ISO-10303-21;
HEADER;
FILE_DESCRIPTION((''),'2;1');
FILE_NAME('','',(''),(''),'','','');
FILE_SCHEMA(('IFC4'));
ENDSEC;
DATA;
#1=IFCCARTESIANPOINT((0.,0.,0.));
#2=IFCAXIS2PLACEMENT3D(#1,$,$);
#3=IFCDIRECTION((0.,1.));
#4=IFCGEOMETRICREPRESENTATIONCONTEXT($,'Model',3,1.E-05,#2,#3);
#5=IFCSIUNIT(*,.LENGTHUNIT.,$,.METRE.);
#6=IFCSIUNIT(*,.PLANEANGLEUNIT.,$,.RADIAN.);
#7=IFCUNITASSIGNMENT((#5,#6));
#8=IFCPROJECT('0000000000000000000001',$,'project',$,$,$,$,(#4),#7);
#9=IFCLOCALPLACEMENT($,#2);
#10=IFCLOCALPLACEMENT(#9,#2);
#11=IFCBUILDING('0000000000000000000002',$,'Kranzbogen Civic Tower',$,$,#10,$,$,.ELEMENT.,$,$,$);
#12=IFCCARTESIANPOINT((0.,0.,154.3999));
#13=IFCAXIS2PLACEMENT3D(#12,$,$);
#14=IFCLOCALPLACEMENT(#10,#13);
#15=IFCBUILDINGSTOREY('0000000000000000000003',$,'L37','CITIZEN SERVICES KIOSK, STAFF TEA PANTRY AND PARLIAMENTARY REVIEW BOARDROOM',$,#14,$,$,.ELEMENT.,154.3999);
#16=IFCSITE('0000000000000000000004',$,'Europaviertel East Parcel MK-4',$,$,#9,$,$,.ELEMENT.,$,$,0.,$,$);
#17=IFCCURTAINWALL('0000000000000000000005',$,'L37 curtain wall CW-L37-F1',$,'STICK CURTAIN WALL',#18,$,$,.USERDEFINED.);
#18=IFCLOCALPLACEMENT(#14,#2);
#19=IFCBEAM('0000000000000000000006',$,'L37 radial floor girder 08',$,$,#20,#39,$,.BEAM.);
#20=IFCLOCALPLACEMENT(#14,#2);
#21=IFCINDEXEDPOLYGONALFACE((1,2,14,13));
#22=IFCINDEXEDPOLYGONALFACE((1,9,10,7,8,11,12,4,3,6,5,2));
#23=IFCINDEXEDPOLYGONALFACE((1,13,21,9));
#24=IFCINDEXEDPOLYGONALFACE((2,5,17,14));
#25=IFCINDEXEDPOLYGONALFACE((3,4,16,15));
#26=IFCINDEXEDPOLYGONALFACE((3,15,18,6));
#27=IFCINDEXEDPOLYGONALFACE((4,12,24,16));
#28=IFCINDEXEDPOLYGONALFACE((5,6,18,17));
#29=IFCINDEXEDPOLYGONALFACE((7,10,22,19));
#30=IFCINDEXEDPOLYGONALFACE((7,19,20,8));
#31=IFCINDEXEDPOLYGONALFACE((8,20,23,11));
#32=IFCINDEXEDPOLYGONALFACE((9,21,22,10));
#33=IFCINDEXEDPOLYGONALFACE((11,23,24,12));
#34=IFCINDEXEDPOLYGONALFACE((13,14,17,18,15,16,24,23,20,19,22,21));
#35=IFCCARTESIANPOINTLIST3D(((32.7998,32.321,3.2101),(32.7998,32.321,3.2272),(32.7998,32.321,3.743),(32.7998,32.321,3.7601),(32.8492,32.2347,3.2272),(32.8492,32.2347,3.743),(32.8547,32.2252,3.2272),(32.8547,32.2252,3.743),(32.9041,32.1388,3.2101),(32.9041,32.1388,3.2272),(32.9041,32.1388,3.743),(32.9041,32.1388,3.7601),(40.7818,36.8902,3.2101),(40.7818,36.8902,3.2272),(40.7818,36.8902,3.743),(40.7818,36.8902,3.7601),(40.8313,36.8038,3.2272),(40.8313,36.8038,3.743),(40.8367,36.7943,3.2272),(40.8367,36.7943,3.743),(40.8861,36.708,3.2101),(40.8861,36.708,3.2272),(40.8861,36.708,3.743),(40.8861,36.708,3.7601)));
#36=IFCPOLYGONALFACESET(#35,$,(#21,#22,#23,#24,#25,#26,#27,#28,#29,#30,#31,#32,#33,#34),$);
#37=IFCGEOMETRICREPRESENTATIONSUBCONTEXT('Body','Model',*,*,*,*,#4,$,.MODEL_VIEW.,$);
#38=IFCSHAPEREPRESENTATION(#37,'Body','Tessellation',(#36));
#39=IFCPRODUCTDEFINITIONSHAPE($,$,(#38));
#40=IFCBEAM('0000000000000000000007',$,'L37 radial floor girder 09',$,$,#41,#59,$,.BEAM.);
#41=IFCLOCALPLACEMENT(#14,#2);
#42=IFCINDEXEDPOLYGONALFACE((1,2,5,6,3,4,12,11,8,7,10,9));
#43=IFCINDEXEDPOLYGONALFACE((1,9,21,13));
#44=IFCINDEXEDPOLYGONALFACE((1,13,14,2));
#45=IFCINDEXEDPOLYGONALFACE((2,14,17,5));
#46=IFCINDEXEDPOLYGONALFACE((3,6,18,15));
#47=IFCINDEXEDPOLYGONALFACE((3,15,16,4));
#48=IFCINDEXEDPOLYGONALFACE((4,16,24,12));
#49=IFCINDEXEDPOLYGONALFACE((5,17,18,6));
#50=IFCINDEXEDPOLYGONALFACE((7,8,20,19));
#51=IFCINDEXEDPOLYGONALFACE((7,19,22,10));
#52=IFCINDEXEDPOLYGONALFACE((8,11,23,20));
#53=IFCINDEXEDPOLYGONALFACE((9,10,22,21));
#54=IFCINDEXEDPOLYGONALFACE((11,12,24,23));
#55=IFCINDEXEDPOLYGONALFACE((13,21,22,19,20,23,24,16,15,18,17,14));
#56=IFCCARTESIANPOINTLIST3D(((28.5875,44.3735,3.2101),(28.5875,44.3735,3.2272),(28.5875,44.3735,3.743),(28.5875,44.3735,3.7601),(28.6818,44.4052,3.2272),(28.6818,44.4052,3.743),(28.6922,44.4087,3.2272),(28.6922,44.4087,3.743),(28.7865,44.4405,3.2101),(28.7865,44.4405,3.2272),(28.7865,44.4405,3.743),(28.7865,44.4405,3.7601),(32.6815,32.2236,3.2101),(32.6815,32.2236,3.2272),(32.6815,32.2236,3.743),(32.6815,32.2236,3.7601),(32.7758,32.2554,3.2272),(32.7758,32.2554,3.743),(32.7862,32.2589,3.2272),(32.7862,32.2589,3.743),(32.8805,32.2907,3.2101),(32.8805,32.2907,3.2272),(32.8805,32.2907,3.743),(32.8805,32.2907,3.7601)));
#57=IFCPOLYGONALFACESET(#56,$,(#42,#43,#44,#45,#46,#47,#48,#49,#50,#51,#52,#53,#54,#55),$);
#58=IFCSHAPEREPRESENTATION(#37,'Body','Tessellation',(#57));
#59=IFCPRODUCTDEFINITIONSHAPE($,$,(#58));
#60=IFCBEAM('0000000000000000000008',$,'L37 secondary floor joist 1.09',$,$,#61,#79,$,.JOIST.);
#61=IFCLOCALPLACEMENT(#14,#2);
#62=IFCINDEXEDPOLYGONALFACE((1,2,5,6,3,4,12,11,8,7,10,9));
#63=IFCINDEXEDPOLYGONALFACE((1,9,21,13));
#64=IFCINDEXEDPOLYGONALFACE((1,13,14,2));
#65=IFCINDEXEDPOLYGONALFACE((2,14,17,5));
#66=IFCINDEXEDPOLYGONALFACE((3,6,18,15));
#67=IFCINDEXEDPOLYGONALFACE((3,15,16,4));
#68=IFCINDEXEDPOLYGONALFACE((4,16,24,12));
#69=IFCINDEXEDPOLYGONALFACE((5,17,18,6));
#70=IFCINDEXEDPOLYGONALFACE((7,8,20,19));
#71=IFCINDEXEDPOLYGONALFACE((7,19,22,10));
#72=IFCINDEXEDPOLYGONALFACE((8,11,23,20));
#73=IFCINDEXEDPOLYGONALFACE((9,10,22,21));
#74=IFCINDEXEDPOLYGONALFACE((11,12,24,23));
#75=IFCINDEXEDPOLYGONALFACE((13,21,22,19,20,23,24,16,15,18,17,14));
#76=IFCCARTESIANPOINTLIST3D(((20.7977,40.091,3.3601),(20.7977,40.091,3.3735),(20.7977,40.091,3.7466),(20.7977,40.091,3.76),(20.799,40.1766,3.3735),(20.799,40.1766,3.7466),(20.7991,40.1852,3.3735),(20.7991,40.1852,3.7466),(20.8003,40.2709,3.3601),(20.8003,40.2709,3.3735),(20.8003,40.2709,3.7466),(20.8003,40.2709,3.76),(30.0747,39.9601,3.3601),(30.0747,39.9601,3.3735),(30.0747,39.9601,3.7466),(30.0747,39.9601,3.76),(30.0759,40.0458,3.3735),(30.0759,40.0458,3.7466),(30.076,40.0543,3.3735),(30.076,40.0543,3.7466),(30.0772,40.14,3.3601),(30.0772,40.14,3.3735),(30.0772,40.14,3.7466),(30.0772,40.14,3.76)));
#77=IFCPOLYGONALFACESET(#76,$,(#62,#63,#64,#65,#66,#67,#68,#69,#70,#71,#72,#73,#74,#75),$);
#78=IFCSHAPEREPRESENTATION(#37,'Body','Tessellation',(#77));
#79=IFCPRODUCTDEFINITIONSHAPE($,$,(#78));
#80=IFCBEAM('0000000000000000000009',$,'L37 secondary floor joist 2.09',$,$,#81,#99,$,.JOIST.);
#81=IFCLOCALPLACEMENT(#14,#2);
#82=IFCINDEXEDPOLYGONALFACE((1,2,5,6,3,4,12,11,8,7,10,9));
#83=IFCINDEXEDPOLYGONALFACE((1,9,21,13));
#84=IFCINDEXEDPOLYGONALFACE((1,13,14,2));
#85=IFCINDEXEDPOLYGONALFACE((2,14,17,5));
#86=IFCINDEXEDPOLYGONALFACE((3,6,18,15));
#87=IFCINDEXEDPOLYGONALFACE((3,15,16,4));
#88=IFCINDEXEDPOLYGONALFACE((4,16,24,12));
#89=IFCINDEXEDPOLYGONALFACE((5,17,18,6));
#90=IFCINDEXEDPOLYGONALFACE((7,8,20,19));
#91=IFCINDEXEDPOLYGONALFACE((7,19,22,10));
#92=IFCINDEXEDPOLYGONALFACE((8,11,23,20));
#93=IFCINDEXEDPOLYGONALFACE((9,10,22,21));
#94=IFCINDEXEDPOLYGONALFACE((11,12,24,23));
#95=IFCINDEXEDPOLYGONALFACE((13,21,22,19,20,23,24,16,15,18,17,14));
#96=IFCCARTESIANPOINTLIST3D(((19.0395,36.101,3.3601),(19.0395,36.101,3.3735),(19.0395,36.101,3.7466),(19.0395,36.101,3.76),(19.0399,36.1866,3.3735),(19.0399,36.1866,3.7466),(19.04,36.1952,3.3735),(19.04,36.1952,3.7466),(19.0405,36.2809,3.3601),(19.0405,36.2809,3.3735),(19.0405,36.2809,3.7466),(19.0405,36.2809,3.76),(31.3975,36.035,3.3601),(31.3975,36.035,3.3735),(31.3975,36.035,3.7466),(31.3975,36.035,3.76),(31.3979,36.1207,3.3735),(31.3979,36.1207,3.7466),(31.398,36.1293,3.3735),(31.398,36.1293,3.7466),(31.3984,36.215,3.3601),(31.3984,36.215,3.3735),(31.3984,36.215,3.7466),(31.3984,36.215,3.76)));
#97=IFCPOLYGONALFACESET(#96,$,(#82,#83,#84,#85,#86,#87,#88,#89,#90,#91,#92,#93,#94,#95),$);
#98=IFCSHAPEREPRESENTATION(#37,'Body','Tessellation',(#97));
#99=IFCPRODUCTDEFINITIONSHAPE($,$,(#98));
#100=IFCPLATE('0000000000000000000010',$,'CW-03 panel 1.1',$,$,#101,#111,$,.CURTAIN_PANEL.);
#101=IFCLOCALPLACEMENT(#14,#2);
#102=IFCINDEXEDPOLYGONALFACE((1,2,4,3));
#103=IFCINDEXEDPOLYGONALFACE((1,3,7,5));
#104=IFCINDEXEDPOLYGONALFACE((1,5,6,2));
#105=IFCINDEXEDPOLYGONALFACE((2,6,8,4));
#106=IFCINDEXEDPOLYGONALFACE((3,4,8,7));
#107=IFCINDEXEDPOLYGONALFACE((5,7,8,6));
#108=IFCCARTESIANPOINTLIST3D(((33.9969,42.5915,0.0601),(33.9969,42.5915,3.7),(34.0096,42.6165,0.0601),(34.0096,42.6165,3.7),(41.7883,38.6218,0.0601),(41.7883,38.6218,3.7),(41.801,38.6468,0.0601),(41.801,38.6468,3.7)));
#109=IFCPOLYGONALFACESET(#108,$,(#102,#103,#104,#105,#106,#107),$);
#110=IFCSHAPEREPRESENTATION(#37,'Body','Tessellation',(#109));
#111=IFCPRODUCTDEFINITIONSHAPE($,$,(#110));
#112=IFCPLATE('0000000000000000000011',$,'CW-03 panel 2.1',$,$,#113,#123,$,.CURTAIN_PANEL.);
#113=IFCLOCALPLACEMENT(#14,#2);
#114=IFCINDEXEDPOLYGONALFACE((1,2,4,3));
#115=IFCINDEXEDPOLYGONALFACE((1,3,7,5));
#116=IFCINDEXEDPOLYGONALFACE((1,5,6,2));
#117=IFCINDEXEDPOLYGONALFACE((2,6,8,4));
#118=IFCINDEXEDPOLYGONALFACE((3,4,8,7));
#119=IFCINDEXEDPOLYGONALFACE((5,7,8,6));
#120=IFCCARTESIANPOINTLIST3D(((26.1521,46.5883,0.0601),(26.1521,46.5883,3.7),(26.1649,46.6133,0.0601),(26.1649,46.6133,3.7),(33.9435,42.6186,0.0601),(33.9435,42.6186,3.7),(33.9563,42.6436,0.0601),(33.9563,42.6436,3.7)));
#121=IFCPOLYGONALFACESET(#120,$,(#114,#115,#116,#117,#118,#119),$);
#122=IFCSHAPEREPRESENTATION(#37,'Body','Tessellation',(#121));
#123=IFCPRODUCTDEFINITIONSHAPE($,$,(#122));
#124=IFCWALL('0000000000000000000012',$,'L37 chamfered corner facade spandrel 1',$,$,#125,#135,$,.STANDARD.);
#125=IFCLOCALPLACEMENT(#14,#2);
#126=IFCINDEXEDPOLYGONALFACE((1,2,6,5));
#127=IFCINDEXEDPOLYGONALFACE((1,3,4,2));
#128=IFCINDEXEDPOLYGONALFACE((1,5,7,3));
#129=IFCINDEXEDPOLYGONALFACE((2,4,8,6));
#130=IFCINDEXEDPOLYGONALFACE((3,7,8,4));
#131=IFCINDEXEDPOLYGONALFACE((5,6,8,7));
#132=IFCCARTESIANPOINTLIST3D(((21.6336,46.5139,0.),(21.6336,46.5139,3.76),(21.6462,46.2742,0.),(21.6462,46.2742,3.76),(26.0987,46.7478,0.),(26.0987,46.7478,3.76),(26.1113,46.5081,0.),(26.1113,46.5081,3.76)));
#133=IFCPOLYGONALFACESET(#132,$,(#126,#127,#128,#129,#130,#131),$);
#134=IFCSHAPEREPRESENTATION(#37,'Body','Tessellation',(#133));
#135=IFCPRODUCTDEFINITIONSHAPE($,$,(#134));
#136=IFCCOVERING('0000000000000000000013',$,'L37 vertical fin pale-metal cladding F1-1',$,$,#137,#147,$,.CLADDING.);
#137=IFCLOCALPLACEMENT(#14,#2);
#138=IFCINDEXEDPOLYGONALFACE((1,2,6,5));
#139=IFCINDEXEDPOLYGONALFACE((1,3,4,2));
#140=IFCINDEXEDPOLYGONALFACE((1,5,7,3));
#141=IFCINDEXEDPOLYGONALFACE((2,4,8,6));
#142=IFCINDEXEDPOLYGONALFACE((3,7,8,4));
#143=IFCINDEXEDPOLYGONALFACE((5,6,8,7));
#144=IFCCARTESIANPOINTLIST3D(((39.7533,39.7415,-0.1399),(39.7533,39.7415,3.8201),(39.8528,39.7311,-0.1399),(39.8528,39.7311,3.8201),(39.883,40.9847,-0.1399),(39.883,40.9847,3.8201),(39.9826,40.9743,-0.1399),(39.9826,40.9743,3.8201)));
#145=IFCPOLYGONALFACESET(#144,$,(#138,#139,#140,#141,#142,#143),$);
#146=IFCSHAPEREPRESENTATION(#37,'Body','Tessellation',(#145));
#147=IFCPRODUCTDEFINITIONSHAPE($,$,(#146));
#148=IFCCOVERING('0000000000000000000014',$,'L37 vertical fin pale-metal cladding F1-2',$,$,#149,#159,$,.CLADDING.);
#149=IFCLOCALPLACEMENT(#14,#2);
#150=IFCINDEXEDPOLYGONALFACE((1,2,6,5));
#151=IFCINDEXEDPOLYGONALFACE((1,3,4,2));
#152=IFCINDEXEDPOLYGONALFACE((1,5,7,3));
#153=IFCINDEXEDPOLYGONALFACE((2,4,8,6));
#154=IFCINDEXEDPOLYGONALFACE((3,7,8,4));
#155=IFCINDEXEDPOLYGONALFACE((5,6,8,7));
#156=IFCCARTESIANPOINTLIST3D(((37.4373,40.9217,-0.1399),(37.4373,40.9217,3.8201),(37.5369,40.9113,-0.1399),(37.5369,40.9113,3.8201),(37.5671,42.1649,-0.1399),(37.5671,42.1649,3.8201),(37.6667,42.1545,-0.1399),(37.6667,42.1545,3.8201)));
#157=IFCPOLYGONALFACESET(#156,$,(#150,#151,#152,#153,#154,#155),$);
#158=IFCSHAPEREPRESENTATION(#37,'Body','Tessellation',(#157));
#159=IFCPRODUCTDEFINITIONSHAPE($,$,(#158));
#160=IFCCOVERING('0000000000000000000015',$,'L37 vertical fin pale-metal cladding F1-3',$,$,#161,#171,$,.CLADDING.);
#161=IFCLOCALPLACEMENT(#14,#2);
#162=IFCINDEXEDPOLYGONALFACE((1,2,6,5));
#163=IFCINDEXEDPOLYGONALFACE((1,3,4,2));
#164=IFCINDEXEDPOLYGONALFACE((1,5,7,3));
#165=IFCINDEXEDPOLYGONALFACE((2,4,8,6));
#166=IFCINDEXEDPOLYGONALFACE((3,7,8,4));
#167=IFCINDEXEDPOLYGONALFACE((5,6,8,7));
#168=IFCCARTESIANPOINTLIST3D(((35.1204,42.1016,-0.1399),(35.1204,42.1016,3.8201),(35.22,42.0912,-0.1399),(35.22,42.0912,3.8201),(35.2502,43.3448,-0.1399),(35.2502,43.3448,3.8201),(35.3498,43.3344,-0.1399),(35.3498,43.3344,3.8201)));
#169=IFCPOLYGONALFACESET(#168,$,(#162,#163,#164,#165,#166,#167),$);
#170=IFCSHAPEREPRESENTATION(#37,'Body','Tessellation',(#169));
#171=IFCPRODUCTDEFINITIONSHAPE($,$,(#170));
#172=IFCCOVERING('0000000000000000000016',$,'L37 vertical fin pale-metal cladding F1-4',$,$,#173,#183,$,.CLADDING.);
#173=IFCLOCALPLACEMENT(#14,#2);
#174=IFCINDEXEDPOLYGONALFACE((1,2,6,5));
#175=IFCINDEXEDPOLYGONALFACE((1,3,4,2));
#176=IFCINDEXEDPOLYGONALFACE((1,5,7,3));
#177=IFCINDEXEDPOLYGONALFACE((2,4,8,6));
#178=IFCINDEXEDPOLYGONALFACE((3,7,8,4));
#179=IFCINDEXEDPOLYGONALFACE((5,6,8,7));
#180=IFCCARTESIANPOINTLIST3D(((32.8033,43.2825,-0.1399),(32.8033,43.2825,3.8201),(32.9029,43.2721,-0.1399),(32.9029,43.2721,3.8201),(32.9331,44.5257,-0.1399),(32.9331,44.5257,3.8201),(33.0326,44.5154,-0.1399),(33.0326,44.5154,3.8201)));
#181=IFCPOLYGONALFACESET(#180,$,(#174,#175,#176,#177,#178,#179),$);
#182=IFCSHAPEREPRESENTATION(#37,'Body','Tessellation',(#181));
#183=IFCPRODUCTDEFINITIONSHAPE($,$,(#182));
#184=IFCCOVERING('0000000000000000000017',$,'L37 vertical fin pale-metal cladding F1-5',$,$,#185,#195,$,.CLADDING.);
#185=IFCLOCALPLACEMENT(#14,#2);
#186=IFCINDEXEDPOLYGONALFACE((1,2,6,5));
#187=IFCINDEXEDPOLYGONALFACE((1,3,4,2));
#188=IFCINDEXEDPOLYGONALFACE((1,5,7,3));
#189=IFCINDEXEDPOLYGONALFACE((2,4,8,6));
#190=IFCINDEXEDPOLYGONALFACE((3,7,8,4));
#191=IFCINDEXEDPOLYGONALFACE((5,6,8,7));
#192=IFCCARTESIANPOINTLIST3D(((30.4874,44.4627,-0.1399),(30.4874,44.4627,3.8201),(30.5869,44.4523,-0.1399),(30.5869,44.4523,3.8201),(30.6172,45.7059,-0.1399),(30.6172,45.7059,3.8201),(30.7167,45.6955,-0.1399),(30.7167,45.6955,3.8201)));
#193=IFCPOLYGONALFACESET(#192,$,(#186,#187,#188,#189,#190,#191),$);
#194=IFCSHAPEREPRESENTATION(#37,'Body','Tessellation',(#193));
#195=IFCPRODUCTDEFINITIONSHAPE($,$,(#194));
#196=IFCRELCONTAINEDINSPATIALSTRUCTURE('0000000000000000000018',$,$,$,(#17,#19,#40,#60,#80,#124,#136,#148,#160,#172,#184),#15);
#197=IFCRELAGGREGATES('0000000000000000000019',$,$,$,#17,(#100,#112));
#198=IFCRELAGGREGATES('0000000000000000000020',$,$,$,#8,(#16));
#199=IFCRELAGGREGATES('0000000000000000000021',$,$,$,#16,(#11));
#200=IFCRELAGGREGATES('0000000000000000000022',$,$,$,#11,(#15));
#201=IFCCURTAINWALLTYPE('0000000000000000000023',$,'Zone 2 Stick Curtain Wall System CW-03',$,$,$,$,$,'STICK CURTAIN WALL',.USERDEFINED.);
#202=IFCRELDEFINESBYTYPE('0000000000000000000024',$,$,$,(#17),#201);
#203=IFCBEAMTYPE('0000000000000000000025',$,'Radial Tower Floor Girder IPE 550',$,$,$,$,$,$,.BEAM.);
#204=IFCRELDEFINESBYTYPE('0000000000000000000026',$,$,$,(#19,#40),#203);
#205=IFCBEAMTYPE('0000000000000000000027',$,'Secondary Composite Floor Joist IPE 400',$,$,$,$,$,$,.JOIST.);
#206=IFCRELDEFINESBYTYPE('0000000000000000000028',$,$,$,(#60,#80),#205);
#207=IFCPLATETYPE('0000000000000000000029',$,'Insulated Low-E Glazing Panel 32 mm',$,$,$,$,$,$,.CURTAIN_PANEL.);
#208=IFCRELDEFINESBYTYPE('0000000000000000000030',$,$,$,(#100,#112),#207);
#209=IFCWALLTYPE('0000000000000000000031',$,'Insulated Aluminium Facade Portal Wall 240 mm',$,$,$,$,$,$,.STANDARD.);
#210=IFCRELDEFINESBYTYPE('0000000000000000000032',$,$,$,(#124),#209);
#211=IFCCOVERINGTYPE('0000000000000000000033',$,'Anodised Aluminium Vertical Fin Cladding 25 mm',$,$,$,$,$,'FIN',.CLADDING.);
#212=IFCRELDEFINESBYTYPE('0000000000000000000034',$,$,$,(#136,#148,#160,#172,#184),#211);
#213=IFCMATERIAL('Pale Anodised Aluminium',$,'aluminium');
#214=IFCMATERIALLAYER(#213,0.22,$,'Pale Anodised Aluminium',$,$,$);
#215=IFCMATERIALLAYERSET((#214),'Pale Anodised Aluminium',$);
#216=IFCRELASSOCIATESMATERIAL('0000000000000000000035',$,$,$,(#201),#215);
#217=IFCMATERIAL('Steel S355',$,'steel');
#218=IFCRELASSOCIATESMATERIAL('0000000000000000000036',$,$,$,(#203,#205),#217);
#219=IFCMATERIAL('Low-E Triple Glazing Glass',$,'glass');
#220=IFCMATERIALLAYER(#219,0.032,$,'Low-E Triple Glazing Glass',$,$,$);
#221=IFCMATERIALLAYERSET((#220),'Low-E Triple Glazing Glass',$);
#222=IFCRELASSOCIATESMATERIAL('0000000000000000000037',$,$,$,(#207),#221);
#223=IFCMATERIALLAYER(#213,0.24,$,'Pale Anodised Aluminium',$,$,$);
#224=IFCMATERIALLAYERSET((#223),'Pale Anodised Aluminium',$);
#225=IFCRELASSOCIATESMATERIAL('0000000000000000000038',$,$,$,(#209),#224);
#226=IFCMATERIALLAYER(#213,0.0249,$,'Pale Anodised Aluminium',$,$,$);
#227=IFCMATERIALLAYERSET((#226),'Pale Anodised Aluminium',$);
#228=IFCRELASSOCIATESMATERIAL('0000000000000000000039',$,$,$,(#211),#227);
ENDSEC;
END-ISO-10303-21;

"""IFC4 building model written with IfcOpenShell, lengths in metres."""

from ifc_helpers import new_model, si_unit, direction, frame, frame_2d, origin, origin_2d, place, context, subcontext, project, spatial, rectangle, i_section, extrude, material, layer, layer_set, material_profile, profile_set, type_object, element, aggregate, save


model = new_model("IFC4")

# Units and contexts
model_context = context("Model", 3, precision=1e-05, world=origin(), true_north=direction((0.0, 1.0)))
body_context = subcontext(model_context, "Body", "Model", "MODEL_VIEW")
ifc_project = project(units=[si_unit("LENGTHUNIT", "METRE"), si_unit("PLANEANGLEUNIT", "RADIAN")], contexts=[model_context])

# Site, building, storey
site_placement = place(None, origin())
site = spatial("IfcSite", under=ifc_project, at=site_placement, Name="Europaviertel East Parcel MK-4", CompositionType="ELEMENT", RefElevation=0.0)
building_placement = place(site_placement, origin())
building = spatial("IfcBuilding", under=site, at=building_placement, Name="Kranzbogen Civic Tower", CompositionType="ELEMENT")
storey_placement = place(building_placement, frame((0.0, 0.0, 154.3999)))
storey = spatial("IfcBuildingStorey", under=building, at=storey_placement, Name="L37", Description="CITIZEN SERVICES KIOSK, STAFF TEA PANTRY AND PARLIAMENTARY REVIEW BOARDROOM", CompositionType="ELEMENT", Elevation=154.3999)

# Shared definitions
ifc_material_1 = material(Name="Steel S355", Category="steel")

# Curtain wall
ifc_material_2 = material(Name="Pale Anodised Aluminium", Category="aluminium")
ifc_layer_1 = layer(ifc_material_2, 0.22, Name="Pale Anodised Aluminium")
ifc_layer_set_1 = layer_set([ifc_layer_1], Name="Pale Anodised Aluminium")
curtain_wall_type = type_object("IfcCurtainWallType", Name="Zone 2 Stick Curtain Wall System CW-03", ElementType="STICK CURTAIN WALL", PredefinedType="USERDEFINED", material=ifc_layer_set_1)
curtain_wall_placement = place(storey_placement, origin())
curtain_wall = element("IfcCurtainWall", 1, at=curtain_wall_placement, inside=storey, type_object=curtain_wall_type, Name="L37 curtain wall CW-L37-F1", ObjectType="STICK CURTAIN WALL", PredefinedType="USERDEFINED")

# Beams
ifc_material_profile_1 = material_profile(ifc_material_1, i_section(OverallWidth=0.21, OverallDepth=0.55, WebThickness=0.011, FlangeThickness=0.0171, at=origin_2d()), Name="IPE 550")
ifc_profile_set_1 = profile_set([ifc_material_profile_1], Name="Steel S355")
beam_type_1 = type_object("IfcBeamType", Name="Radial Tower Floor Girder IPE 550", PredefinedType="BEAM", material=ifc_profile_set_1)
beam_1_placement = place(storey_placement, frame((40.834, 36.7991, 3.4851), z_axis=(-0.867869, -0.496793, 0.0), x_axis=(0.496793, -0.867869, 0.0)))
element("IfcBeam", 2, at=beam_1_placement, inside=storey, type_object=beam_type_1, Name="L37 radial floor girder 08", PredefinedType="BEAM", context=body_context, shape_type="SweptSolid", body=[
    extrude(i_section(OverallWidth=0.21, OverallDepth=0.55, WebThickness=0.011, FlangeThickness=0.0171, at=origin_2d()), origin(), (0.0, 0.0, 1.0), 9.1973),
])
beam_2_placement = place(storey_placement, frame((28.687, 44.407, 3.4851), z_axis=(0.319317, -0.947648, 0.0), x_axis=(0.947648, 0.319317, 0.0)))
element("IfcBeam", 3, at=beam_2_placement, inside=storey, type_object=beam_type_1, Name="L37 radial floor girder 09", PredefinedType="BEAM", context=body_context, shape_type="SweptSolid", body=[
    extrude(i_section(OverallWidth=0.21, OverallDepth=0.55, WebThickness=0.011, FlangeThickness=0.0171, at=origin_2d()), origin(), (0.0, 0.0, 1.0), 12.821),
])
ifc_material_profile_2 = material_profile(ifc_material_1, i_section(OverallWidth=0.1799, OverallDepth=0.3999, WebThickness=0.0085, FlangeThickness=0.0134, at=origin_2d()), Name="IPE 400")
ifc_profile_set_2 = profile_set([ifc_material_profile_2], Name="Steel S355")
beam_type_2 = type_object("IfcBeamType", Name="Secondary Composite Floor Joist IPE 400", PredefinedType="JOIST", material=ifc_profile_set_2)
beam_3_placement = place(storey_placement, frame((30.0759, 40.05, 3.5601), z_axis=(-0.999901, 0.014105, 0.0), x_axis=(-0.014105, -0.999901, 0.0)))
element("IfcBeam", 4, at=beam_3_placement, inside=storey, type_object=beam_type_2, Name="L37 secondary floor joist 1.09", PredefinedType="JOIST", context=body_context, shape_type="SweptSolid", body=[
    extrude(i_section(OverallWidth=0.1799, OverallDepth=0.3999, WebThickness=0.0085, FlangeThickness=0.0134, at=origin_2d()), origin(), (0.0, 0.0, 1.0), 9.2778),
])
beam_4_placement = place(storey_placement, frame((31.3979, 36.125, 3.5601), z_axis=(-0.999986, 0.005334, 0.0), x_axis=(-0.005334, -0.999986, 0.0)))
element("IfcBeam", 5, at=beam_4_placement, inside=storey, type_object=beam_type_2, Name="L37 secondary floor joist 2.09", PredefinedType="JOIST", context=body_context, shape_type="SweptSolid", body=[
    extrude(i_section(OverallWidth=0.1799, OverallDepth=0.3999, WebThickness=0.0085, FlangeThickness=0.0134, at=origin_2d()), origin(), (0.0, 0.0, 1.0), 12.3582),
])

# Plates
ifc_material_3 = material(Name="Low-E Triple Glazing Glass", Category="glass")
ifc_layer_2 = layer(ifc_material_3, 0.032, Name="Low-E Triple Glazing Glass")
ifc_layer_set_2 = layer_set([ifc_layer_2], Name="Low-E Triple Glazing Glass")
plate_type = type_object("IfcPlateType", Name="Insulated Low-E Glazing Panel 32 mm", PredefinedType="CURTAIN_PANEL", material=ifc_layer_set_2)
plate_1_placement = place(storey_placement, frame((37.8989, 40.6191, 0.0601), z_axis=(0.0, 0.0, 1.0), x_axis=(-0.891017, 0.45397, 0.0)))
plate_1 = element("IfcPlate", 6, at=plate_1_placement, type_object=plate_type, Name="CW-03 panel 1.1", PredefinedType="CURTAIN_PANEL", context=body_context, shape_type="SweptSolid", body=[
    extrude(rectangle(XDim=8.7444, YDim=0.0281, at=origin_2d()), origin(), (0.0, 0.0, 1.0), 3.6399),
])
plate_2_placement = place(storey_placement, frame((30.0542, 44.616, 0.0601), z_axis=(0.0, 0.0, 1.0), x_axis=(-0.891017, 0.45397, 0.0)))
plate_2 = element("IfcPlate", 7, at=plate_2_placement, type_object=plate_type, Name="CW-03 panel 2.1", PredefinedType="CURTAIN_PANEL", context=body_context, shape_type="SweptSolid", body=[
    extrude(rectangle(XDim=8.7444, YDim=0.0281, at=origin_2d()), origin(), (0.0, 0.0, 1.0), 3.6399),
])
aggregate(curtain_wall, [plate_1, plate_2])

# Wall
ifc_layer_3 = layer(ifc_material_2, 0.24, Name="Pale Anodised Aluminium")
ifc_layer_set_3 = layer_set([ifc_layer_3], Name="Pale Anodised Aluminium")
wall_type = type_object("IfcWallType", Name="Insulated Aluminium Facade Portal Wall 240 mm", PredefinedType="STANDARD", material=ifc_layer_set_3)
wall_placement = place(storey_placement, frame((26.105, 46.6279, 0.0), z_axis=(0.0, 0.0, 1.0), x_axis=(-0.998631, -0.052309, 0.0)))
element("IfcWall", 8, at=wall_placement, inside=storey, type_object=wall_type, Name="L37 chamfered corner facade spandrel 1", PredefinedType="STANDARD", context=body_context, shape_type="SweptSolid", body=[
    extrude(rectangle(XDim=4.4712, YDim=0.24, at=frame_2d((2.2356, 0.0))), origin(), (0.0, 0.0, 1.0), 3.76),
])

# Coverings
ifc_layer_4 = layer(ifc_material_2, 0.0249, Name="Pale Anodised Aluminium")
ifc_layer_set_4 = layer_set([ifc_layer_4], Name="Pale Anodised Aluminium")
covering_type = type_object("IfcCoveringType", Name="Anodised Aluminium Vertical Fin Cladding 25 mm", ElementType="FIN", PredefinedType="CLADDING", material=ifc_layer_set_4)
for number, where, z_axis, x_axis, name in (
    (9, (39.8679, 40.3579, -0.1399), (0.0, 0.0, 1.0), (0.103817, 0.994596, 0.0), "L37 vertical fin pale-metal cladding F1-1"),
    (10, (37.552, 41.5381, -0.1399), (0.0, 0.0, 1.0), (0.103817, 0.994596, 0.0), "L37 vertical fin pale-metal cladding F1-2"),
    (11, (35.2351, 42.718, -0.1399), (0.0, 0.0, 1.0), (0.103817, 0.994596, 0.0), "L37 vertical fin pale-metal cladding F1-3"),
    (12, (32.918, 43.8989, -0.1399), (0.0, 0.0, 1.0), (0.103817, 0.994596, 0.0), "L37 vertical fin pale-metal cladding F1-4"),
    (13, (30.6021, 45.0791, -0.1399), (0.0, 0.0, 1.0), (0.103817, 0.994596, 0.0), "L37 vertical fin pale-metal cladding F1-5"),
):
    element("IfcCovering", number, at=place(storey_placement, frame(where, z_axis=z_axis, x_axis=x_axis)), inside=storey, type_object=covering_type, Name=name, PredefinedType="CLADDING", context=body_context, shape_type="SweptSolid", body=[
        extrude(rectangle(XDim=1.25, YDim=0.1001, at=origin_2d()), origin(), (0.0, 0.0, 1.0), 3.96),
    ])

save(model, "model.ifc")
